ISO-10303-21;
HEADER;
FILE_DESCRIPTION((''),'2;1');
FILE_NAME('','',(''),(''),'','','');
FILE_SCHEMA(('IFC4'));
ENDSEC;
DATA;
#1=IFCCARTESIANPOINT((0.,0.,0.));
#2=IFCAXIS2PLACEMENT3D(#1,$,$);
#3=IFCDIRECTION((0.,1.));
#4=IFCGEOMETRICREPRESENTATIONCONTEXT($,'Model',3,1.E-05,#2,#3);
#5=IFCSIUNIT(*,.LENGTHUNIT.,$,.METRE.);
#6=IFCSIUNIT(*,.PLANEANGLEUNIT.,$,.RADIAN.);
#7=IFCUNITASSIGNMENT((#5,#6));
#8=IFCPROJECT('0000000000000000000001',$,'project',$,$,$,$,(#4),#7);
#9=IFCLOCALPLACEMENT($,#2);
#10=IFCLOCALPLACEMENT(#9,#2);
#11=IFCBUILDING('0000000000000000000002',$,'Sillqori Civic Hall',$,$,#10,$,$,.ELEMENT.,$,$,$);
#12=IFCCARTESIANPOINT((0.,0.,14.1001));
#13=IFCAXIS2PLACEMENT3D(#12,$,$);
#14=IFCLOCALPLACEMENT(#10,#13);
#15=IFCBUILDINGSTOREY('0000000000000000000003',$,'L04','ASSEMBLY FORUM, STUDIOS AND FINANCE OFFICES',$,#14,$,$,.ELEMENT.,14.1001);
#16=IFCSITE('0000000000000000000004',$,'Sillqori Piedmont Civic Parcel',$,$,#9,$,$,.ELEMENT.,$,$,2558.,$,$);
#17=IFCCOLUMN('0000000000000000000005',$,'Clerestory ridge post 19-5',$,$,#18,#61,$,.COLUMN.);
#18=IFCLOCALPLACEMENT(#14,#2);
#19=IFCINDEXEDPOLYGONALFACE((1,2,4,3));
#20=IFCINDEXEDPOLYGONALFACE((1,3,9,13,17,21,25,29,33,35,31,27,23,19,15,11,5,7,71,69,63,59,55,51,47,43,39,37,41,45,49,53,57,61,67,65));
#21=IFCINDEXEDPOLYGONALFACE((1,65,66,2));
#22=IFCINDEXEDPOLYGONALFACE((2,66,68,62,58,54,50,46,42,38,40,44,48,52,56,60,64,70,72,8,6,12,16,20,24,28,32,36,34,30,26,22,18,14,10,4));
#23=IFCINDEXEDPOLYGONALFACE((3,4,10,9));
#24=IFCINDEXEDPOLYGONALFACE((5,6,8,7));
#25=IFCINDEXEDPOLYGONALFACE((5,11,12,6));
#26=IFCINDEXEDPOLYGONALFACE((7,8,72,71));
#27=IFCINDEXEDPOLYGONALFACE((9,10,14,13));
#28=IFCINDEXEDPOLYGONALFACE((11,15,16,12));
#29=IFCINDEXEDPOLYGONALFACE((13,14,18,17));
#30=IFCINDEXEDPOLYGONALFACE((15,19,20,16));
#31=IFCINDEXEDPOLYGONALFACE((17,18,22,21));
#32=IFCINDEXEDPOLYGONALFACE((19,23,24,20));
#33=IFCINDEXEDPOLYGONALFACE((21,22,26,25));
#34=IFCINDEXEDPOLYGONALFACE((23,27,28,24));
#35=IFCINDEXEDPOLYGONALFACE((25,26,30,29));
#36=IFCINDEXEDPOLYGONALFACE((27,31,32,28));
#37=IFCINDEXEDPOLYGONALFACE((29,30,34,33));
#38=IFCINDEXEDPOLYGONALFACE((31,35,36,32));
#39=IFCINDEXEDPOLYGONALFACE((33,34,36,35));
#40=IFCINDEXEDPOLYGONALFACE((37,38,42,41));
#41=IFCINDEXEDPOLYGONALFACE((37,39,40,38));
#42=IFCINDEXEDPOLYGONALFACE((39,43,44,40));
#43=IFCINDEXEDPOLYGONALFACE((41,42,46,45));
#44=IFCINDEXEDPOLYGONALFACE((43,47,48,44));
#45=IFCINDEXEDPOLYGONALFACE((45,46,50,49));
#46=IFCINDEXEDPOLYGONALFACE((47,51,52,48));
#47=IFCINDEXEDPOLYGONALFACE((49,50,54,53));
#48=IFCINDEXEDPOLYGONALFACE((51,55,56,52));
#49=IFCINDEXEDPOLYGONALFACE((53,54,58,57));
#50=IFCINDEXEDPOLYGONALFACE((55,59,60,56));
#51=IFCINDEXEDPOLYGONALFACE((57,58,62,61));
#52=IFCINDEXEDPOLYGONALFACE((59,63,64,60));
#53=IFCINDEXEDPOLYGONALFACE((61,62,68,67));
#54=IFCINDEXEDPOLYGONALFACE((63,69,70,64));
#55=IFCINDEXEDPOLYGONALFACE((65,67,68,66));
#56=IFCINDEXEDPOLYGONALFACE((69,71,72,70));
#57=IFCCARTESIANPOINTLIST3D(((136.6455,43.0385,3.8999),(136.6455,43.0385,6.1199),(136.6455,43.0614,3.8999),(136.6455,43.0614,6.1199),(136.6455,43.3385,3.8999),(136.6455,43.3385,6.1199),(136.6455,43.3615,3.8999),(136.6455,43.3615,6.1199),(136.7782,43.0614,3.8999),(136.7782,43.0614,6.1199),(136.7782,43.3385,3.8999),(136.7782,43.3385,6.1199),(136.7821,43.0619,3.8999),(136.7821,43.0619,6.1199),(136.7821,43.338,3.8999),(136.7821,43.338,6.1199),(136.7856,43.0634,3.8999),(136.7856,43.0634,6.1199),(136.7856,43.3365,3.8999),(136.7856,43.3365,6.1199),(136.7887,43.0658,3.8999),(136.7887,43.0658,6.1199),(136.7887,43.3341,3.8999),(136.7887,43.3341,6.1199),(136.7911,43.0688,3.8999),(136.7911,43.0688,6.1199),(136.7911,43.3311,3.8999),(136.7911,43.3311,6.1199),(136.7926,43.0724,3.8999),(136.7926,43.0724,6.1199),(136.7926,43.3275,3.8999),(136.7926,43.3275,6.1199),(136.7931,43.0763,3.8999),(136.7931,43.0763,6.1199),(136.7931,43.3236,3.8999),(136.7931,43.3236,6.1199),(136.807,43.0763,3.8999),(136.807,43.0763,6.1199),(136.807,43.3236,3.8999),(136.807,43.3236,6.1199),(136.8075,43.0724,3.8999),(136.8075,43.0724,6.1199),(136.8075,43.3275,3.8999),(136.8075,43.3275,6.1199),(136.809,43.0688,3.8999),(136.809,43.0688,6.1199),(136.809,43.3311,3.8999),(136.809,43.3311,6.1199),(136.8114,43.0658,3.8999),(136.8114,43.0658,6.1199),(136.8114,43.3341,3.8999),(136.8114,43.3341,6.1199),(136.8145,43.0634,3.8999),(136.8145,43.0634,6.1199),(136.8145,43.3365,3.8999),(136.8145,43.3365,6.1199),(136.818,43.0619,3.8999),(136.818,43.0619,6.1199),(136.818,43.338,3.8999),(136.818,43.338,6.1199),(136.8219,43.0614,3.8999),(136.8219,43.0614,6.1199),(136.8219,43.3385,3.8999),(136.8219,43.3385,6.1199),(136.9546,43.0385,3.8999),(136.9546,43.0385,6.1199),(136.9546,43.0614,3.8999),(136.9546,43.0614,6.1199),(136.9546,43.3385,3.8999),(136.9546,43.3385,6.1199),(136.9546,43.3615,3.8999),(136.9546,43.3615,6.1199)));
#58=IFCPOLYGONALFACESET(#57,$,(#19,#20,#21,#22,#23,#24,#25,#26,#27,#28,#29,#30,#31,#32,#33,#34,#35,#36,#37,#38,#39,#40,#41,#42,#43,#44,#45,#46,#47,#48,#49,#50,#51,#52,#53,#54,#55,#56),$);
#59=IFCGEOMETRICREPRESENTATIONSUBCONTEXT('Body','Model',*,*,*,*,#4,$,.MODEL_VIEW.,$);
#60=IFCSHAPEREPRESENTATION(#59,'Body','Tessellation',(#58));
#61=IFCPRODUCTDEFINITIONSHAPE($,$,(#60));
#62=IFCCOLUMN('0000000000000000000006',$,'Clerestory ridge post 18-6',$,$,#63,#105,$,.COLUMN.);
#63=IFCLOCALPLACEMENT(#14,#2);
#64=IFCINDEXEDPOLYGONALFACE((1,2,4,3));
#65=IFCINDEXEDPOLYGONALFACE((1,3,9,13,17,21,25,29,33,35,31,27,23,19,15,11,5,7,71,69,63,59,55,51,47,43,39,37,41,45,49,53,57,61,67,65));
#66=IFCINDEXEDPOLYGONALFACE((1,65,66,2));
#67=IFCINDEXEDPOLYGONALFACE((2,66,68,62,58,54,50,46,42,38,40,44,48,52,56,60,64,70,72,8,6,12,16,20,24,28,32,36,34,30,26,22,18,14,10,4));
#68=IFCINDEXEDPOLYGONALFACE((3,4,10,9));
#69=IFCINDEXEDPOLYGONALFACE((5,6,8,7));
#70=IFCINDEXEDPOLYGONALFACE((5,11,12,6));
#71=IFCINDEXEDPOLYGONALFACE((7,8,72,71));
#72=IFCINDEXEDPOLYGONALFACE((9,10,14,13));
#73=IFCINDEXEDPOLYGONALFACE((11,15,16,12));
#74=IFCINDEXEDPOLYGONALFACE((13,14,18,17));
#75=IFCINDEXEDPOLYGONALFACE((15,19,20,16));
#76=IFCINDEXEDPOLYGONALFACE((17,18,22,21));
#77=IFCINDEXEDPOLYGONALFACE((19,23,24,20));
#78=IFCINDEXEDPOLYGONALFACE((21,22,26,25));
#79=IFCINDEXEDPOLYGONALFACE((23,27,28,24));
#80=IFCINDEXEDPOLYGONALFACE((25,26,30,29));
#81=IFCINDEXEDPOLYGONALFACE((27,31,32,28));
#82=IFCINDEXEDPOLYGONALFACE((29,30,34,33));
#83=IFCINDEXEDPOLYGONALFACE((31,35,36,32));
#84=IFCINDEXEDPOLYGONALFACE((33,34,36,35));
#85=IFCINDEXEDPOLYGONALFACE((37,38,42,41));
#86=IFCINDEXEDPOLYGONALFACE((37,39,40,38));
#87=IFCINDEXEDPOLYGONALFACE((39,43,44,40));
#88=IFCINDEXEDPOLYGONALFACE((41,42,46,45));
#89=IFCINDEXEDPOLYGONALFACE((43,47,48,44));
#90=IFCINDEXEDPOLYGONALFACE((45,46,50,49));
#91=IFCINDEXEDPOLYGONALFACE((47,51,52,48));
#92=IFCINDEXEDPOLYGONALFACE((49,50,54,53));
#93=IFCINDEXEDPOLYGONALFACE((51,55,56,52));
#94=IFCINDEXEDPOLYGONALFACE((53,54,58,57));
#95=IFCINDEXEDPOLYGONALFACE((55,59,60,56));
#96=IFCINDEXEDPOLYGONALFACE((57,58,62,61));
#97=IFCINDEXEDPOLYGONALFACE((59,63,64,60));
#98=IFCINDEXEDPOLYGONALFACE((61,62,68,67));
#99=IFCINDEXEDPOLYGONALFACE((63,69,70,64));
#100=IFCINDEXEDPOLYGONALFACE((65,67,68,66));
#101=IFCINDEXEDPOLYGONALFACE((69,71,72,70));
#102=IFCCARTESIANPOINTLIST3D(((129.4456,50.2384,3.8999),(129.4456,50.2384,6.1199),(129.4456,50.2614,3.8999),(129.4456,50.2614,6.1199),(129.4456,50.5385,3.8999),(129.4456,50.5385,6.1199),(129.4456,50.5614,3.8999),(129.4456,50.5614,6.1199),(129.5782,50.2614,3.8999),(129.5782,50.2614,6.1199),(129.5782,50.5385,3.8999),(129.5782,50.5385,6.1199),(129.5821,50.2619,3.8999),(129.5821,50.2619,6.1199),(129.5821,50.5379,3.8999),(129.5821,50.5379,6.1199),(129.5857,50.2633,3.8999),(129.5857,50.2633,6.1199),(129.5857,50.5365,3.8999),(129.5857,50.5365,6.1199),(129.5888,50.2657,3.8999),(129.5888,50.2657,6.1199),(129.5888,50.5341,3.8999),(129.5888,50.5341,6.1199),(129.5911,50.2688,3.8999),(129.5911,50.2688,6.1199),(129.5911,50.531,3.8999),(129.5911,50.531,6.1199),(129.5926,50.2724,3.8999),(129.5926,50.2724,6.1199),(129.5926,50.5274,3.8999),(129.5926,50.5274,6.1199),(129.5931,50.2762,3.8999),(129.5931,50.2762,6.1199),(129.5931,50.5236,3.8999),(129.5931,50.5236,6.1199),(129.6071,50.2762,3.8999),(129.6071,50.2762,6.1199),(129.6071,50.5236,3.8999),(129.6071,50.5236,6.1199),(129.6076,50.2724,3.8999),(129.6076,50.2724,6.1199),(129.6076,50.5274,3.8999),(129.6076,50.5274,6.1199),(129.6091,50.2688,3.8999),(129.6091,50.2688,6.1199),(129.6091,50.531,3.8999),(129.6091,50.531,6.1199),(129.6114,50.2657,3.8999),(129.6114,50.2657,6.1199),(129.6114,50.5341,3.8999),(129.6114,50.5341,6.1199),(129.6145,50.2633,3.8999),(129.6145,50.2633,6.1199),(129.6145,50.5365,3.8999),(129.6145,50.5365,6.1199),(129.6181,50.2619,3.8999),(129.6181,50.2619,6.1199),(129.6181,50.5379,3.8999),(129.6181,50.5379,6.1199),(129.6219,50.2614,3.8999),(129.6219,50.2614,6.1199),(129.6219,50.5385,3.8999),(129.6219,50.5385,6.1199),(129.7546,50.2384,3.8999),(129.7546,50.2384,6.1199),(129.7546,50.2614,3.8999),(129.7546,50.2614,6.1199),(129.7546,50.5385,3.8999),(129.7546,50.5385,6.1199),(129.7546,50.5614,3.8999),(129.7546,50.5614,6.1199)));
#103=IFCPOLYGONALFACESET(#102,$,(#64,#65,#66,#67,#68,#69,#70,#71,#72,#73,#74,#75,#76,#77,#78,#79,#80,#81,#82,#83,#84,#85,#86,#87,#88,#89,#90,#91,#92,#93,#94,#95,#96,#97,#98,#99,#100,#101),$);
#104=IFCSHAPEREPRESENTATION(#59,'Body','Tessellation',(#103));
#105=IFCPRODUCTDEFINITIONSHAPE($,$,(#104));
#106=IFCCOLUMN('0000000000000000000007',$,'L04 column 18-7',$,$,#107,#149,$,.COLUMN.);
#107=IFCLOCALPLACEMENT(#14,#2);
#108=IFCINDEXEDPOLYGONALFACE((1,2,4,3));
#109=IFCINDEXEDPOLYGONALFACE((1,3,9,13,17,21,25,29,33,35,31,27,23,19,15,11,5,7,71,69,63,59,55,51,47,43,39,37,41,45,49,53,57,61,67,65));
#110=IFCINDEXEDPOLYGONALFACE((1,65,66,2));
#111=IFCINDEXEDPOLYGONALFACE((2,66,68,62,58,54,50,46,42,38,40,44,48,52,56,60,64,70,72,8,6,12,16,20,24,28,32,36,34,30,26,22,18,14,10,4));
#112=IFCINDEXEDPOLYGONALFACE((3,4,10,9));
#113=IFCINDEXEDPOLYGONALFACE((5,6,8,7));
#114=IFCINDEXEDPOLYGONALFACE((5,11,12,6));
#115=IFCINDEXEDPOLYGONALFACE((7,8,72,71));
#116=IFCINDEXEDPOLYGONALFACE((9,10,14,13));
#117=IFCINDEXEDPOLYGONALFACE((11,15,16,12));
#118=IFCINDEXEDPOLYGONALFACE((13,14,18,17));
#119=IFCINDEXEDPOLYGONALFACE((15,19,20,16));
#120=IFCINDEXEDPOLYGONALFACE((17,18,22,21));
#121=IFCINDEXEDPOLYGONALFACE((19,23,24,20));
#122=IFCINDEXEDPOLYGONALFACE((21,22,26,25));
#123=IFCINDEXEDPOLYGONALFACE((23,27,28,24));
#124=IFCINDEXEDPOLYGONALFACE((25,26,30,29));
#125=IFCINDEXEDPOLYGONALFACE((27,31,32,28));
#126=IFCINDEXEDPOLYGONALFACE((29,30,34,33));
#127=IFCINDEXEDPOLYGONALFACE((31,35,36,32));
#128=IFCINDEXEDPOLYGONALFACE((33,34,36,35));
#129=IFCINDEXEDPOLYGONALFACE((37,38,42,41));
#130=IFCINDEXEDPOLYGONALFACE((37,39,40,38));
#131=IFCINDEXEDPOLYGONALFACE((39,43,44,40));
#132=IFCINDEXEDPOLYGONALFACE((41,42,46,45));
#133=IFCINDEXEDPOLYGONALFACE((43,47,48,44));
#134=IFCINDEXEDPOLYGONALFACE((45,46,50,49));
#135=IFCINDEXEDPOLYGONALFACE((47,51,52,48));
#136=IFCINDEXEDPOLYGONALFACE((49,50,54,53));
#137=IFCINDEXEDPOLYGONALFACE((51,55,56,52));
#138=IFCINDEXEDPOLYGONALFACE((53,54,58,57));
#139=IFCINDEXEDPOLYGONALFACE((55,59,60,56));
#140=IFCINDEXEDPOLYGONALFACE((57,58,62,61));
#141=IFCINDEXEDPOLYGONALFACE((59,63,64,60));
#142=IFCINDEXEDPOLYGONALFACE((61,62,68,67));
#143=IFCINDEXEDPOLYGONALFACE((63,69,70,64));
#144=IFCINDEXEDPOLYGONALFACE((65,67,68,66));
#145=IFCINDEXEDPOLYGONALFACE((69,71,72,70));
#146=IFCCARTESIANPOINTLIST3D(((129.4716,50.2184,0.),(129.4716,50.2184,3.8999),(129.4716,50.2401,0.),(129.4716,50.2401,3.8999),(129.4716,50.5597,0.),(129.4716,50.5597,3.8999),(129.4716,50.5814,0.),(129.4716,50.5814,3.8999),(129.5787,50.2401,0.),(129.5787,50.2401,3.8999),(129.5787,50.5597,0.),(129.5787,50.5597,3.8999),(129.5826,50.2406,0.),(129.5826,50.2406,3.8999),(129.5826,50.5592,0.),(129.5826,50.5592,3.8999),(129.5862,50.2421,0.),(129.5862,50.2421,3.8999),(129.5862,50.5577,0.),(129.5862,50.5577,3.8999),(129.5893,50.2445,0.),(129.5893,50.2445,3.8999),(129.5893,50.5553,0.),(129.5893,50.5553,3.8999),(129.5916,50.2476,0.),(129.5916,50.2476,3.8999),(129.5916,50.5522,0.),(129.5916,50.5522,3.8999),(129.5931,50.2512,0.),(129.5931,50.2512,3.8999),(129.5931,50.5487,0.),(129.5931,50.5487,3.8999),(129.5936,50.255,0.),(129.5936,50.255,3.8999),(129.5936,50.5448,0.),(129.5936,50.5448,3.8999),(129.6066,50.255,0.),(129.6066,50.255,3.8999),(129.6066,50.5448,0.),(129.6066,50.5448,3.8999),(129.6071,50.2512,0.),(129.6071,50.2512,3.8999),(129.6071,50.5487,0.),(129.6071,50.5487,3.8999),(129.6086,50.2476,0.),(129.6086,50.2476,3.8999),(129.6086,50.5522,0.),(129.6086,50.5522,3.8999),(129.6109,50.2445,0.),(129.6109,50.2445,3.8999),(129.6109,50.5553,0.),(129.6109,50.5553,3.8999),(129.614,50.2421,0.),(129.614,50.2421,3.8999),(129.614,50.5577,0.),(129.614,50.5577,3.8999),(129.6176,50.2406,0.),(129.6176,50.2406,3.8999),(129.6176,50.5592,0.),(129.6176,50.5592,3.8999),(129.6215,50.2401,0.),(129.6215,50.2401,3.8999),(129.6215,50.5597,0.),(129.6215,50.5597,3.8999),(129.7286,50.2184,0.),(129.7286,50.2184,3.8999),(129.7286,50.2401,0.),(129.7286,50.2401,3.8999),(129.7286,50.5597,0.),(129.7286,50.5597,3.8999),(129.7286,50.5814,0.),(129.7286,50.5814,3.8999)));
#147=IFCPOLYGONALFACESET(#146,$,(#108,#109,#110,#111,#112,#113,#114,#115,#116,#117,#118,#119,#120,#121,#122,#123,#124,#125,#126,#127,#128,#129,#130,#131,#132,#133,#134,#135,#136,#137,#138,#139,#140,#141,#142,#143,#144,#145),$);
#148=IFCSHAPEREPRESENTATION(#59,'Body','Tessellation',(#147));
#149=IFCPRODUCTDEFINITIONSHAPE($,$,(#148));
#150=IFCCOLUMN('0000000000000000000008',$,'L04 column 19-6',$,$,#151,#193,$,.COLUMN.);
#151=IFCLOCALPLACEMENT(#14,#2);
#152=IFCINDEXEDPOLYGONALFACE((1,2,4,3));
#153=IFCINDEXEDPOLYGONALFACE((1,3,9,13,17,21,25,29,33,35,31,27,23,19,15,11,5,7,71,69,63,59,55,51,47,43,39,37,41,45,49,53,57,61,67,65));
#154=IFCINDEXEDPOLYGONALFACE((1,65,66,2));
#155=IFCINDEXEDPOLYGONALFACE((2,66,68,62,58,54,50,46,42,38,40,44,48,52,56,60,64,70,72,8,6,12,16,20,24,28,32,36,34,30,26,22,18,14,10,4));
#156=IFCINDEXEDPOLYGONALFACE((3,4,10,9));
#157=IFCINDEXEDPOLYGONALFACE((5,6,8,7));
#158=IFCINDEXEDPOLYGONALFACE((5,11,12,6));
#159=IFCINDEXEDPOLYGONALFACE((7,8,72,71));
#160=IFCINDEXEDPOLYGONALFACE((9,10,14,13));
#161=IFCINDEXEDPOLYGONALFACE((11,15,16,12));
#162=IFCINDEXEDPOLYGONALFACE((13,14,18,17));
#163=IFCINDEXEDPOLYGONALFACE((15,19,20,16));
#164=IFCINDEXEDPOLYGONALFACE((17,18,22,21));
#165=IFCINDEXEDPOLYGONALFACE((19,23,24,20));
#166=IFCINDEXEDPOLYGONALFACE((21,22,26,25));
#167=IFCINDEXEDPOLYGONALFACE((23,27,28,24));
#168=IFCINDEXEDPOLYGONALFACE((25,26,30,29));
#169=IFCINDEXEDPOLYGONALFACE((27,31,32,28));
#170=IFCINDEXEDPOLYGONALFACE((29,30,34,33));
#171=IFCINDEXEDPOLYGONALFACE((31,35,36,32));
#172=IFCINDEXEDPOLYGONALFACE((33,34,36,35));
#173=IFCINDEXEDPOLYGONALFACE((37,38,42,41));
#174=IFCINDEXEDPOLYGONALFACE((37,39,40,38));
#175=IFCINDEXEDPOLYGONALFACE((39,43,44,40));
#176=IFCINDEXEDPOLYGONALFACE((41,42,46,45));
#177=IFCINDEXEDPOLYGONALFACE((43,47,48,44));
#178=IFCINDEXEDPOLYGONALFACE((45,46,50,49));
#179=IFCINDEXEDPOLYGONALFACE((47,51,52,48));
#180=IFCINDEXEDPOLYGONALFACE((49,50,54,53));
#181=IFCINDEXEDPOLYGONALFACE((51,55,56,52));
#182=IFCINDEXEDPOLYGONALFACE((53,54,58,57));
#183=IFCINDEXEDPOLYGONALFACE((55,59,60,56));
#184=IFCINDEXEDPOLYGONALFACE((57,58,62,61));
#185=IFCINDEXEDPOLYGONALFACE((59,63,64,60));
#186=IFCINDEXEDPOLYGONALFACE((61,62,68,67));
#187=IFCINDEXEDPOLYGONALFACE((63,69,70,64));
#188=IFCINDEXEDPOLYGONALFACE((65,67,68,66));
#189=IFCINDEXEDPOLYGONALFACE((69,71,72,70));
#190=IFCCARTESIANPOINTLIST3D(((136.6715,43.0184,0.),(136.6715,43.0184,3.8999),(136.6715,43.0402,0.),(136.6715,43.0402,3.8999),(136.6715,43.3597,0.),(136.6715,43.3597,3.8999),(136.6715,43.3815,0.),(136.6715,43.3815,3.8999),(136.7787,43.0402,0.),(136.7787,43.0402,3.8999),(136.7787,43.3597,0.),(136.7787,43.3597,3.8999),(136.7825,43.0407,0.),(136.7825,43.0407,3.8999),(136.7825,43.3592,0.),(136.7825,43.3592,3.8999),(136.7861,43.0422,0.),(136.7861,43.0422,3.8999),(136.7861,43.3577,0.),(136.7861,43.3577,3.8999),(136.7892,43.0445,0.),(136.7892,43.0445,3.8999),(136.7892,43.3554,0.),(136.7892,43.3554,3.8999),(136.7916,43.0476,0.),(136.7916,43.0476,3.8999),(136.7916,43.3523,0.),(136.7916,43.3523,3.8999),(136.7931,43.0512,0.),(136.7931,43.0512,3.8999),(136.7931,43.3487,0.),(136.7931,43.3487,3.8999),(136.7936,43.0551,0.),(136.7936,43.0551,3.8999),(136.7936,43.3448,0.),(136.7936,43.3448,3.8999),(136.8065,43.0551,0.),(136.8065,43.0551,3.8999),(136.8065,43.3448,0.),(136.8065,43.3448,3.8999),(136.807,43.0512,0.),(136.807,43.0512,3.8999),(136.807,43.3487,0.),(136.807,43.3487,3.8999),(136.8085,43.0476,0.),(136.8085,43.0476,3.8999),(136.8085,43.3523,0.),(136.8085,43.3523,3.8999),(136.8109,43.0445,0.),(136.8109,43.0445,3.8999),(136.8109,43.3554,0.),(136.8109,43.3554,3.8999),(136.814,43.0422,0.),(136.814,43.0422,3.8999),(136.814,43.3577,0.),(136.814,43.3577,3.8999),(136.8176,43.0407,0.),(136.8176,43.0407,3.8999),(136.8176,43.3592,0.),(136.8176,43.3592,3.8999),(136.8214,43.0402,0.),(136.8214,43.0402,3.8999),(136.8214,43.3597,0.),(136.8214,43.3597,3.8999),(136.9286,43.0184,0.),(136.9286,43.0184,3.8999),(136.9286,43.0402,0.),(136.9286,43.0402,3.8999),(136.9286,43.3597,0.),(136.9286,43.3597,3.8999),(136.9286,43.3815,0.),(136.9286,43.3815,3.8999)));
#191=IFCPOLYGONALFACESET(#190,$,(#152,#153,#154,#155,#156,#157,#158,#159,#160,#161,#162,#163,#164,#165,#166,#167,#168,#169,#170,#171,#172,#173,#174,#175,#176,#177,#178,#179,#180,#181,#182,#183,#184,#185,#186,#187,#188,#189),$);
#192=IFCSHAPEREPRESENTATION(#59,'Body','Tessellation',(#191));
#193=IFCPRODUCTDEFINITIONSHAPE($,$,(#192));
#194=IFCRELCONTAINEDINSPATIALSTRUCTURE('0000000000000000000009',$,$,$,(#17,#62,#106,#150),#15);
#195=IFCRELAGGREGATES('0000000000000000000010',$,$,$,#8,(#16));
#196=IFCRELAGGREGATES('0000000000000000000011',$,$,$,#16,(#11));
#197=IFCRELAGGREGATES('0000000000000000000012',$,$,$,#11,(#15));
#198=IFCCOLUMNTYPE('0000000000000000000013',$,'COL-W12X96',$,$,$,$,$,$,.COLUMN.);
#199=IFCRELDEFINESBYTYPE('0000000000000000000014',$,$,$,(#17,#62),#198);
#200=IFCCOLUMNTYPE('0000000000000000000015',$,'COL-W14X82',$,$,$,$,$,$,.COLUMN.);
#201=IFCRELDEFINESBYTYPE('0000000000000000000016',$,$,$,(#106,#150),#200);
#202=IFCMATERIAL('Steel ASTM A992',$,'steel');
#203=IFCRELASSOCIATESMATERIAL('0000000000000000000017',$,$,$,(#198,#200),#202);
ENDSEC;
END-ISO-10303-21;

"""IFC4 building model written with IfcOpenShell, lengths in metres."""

from ifc_helpers import new_model, si_unit, direction, frame, origin, origin_2d, place, context, subcontext, project, spatial, i_section, extrude, material, material_profile, profile_set, type_object, element, save


model = new_model("IFC4")

# Units and contexts
model_context = context("Model", 3, precision=1e-05, world=origin(), true_north=direction((0.0, 1.0)))
body_context = subcontext(model_context, "Body", "Model", "MODEL_VIEW")
ifc_project = project(units=[si_unit("LENGTHUNIT", "METRE"), si_unit("PLANEANGLEUNIT", "RADIAN")], contexts=[model_context])

# Site, building, storey
site_placement = place(None, origin())
site = spatial("IfcSite", under=ifc_project, at=site_placement, Name="Sillqori Piedmont Civic Parcel", CompositionType="ELEMENT", RefElevation=2558.0)
building_placement = place(site_placement, origin())
building = spatial("IfcBuilding", under=site, at=building_placement, Name="Sillqori Civic Hall", CompositionType="ELEMENT")
storey_placement = place(building_placement, frame((0.0, 0.0, 14.1001)))
storey = spatial("IfcBuildingStorey", under=building, at=storey_placement, Name="L04", Description="ASSEMBLY FORUM, STUDIOS AND FINANCE OFFICES", CompositionType="ELEMENT", Elevation=14.1001)

# Columns
ifc_material_1 = material(Name="Steel ASTM A992", Category="steel")
ifc_material_profile_1 = material_profile(ifc_material_1, i_section(OverallWidth=0.3091, OverallDepth=0.323, WebThickness=0.0139, FlangeThickness=0.0229, FilletRadius=0.0149, at=origin_2d()), Name="W12X96")
ifc_profile_set_1 = profile_set([ifc_material_profile_1], Name="Steel ASTM A992")
column_type_1 = type_object("IfcColumnType", Name="COL-W12X96", PredefinedType="COLUMN", material=ifc_profile_set_1)
for number, where, z_axis, x_axis, name in (
    (1, (136.8, 43.2, 3.8999), (0.0, 0.0, 1.0), (1.0, 0.0, 0.0), "Clerestory ridge post 19-5"),
    (2, (129.6001, 50.3999, 3.8999), (0.0, 0.0, 1.0), (1.0, 0.0, 0.0), "Clerestory ridge post 18-6"),
):
    element("IfcColumn", number, at=place(storey_placement, frame(where, z_axis=z_axis, x_axis=x_axis)), inside=storey, type_object=column_type_1, Name=name, PredefinedType="COLUMN", context=body_context, shape_type="SweptSolid", body=[
        extrude(i_section(OverallWidth=0.3091, OverallDepth=0.323, WebThickness=0.0139, FlangeThickness=0.0229, FilletRadius=0.0149, at=origin_2d()), origin(), (0.0, 0.0, 1.0), 2.22),
    ])
ifc_material_profile_2 = material_profile(ifc_material_1, i_section(OverallWidth=0.2571, OverallDepth=0.363, WebThickness=0.0129, FlangeThickness=0.0217, FilletRadius=0.0149, at=origin_2d()), Name="W14X82")
ifc_profile_set_2 = profile_set([ifc_material_profile_2], Name="Steel ASTM A992")
column_type_2 = type_object("IfcColumnType", Name="COL-W14X82", PredefinedType="COLUMN", material=ifc_profile_set_2)
for number, where, z_axis, x_axis, name in (
    (3, (129.6001, 50.3999, 0.0), (0.0, 0.0, 1.0), (1.0, 0.0, 0.0), "L04 column 18-7"),
    (4, (136.8, 43.2, 0.0), (0.0, 0.0, 1.0), (1.0, 0.0, 0.0), "L04 column 19-6"),
):
    element("IfcColumn", number, at=place(storey_placement, frame(where, z_axis=z_axis, x_axis=x_axis)), inside=storey, type_object=column_type_2, Name=name, PredefinedType="COLUMN", context=body_context, shape_type="SweptSolid", body=[
        extrude(i_section(OverallWidth=0.2571, OverallDepth=0.363, WebThickness=0.0129, FlangeThickness=0.0217, FilletRadius=0.0149, at=origin_2d()), origin(), (0.0, 0.0, 1.0), 3.8999),
    ])

save(model, "model.ifc")
